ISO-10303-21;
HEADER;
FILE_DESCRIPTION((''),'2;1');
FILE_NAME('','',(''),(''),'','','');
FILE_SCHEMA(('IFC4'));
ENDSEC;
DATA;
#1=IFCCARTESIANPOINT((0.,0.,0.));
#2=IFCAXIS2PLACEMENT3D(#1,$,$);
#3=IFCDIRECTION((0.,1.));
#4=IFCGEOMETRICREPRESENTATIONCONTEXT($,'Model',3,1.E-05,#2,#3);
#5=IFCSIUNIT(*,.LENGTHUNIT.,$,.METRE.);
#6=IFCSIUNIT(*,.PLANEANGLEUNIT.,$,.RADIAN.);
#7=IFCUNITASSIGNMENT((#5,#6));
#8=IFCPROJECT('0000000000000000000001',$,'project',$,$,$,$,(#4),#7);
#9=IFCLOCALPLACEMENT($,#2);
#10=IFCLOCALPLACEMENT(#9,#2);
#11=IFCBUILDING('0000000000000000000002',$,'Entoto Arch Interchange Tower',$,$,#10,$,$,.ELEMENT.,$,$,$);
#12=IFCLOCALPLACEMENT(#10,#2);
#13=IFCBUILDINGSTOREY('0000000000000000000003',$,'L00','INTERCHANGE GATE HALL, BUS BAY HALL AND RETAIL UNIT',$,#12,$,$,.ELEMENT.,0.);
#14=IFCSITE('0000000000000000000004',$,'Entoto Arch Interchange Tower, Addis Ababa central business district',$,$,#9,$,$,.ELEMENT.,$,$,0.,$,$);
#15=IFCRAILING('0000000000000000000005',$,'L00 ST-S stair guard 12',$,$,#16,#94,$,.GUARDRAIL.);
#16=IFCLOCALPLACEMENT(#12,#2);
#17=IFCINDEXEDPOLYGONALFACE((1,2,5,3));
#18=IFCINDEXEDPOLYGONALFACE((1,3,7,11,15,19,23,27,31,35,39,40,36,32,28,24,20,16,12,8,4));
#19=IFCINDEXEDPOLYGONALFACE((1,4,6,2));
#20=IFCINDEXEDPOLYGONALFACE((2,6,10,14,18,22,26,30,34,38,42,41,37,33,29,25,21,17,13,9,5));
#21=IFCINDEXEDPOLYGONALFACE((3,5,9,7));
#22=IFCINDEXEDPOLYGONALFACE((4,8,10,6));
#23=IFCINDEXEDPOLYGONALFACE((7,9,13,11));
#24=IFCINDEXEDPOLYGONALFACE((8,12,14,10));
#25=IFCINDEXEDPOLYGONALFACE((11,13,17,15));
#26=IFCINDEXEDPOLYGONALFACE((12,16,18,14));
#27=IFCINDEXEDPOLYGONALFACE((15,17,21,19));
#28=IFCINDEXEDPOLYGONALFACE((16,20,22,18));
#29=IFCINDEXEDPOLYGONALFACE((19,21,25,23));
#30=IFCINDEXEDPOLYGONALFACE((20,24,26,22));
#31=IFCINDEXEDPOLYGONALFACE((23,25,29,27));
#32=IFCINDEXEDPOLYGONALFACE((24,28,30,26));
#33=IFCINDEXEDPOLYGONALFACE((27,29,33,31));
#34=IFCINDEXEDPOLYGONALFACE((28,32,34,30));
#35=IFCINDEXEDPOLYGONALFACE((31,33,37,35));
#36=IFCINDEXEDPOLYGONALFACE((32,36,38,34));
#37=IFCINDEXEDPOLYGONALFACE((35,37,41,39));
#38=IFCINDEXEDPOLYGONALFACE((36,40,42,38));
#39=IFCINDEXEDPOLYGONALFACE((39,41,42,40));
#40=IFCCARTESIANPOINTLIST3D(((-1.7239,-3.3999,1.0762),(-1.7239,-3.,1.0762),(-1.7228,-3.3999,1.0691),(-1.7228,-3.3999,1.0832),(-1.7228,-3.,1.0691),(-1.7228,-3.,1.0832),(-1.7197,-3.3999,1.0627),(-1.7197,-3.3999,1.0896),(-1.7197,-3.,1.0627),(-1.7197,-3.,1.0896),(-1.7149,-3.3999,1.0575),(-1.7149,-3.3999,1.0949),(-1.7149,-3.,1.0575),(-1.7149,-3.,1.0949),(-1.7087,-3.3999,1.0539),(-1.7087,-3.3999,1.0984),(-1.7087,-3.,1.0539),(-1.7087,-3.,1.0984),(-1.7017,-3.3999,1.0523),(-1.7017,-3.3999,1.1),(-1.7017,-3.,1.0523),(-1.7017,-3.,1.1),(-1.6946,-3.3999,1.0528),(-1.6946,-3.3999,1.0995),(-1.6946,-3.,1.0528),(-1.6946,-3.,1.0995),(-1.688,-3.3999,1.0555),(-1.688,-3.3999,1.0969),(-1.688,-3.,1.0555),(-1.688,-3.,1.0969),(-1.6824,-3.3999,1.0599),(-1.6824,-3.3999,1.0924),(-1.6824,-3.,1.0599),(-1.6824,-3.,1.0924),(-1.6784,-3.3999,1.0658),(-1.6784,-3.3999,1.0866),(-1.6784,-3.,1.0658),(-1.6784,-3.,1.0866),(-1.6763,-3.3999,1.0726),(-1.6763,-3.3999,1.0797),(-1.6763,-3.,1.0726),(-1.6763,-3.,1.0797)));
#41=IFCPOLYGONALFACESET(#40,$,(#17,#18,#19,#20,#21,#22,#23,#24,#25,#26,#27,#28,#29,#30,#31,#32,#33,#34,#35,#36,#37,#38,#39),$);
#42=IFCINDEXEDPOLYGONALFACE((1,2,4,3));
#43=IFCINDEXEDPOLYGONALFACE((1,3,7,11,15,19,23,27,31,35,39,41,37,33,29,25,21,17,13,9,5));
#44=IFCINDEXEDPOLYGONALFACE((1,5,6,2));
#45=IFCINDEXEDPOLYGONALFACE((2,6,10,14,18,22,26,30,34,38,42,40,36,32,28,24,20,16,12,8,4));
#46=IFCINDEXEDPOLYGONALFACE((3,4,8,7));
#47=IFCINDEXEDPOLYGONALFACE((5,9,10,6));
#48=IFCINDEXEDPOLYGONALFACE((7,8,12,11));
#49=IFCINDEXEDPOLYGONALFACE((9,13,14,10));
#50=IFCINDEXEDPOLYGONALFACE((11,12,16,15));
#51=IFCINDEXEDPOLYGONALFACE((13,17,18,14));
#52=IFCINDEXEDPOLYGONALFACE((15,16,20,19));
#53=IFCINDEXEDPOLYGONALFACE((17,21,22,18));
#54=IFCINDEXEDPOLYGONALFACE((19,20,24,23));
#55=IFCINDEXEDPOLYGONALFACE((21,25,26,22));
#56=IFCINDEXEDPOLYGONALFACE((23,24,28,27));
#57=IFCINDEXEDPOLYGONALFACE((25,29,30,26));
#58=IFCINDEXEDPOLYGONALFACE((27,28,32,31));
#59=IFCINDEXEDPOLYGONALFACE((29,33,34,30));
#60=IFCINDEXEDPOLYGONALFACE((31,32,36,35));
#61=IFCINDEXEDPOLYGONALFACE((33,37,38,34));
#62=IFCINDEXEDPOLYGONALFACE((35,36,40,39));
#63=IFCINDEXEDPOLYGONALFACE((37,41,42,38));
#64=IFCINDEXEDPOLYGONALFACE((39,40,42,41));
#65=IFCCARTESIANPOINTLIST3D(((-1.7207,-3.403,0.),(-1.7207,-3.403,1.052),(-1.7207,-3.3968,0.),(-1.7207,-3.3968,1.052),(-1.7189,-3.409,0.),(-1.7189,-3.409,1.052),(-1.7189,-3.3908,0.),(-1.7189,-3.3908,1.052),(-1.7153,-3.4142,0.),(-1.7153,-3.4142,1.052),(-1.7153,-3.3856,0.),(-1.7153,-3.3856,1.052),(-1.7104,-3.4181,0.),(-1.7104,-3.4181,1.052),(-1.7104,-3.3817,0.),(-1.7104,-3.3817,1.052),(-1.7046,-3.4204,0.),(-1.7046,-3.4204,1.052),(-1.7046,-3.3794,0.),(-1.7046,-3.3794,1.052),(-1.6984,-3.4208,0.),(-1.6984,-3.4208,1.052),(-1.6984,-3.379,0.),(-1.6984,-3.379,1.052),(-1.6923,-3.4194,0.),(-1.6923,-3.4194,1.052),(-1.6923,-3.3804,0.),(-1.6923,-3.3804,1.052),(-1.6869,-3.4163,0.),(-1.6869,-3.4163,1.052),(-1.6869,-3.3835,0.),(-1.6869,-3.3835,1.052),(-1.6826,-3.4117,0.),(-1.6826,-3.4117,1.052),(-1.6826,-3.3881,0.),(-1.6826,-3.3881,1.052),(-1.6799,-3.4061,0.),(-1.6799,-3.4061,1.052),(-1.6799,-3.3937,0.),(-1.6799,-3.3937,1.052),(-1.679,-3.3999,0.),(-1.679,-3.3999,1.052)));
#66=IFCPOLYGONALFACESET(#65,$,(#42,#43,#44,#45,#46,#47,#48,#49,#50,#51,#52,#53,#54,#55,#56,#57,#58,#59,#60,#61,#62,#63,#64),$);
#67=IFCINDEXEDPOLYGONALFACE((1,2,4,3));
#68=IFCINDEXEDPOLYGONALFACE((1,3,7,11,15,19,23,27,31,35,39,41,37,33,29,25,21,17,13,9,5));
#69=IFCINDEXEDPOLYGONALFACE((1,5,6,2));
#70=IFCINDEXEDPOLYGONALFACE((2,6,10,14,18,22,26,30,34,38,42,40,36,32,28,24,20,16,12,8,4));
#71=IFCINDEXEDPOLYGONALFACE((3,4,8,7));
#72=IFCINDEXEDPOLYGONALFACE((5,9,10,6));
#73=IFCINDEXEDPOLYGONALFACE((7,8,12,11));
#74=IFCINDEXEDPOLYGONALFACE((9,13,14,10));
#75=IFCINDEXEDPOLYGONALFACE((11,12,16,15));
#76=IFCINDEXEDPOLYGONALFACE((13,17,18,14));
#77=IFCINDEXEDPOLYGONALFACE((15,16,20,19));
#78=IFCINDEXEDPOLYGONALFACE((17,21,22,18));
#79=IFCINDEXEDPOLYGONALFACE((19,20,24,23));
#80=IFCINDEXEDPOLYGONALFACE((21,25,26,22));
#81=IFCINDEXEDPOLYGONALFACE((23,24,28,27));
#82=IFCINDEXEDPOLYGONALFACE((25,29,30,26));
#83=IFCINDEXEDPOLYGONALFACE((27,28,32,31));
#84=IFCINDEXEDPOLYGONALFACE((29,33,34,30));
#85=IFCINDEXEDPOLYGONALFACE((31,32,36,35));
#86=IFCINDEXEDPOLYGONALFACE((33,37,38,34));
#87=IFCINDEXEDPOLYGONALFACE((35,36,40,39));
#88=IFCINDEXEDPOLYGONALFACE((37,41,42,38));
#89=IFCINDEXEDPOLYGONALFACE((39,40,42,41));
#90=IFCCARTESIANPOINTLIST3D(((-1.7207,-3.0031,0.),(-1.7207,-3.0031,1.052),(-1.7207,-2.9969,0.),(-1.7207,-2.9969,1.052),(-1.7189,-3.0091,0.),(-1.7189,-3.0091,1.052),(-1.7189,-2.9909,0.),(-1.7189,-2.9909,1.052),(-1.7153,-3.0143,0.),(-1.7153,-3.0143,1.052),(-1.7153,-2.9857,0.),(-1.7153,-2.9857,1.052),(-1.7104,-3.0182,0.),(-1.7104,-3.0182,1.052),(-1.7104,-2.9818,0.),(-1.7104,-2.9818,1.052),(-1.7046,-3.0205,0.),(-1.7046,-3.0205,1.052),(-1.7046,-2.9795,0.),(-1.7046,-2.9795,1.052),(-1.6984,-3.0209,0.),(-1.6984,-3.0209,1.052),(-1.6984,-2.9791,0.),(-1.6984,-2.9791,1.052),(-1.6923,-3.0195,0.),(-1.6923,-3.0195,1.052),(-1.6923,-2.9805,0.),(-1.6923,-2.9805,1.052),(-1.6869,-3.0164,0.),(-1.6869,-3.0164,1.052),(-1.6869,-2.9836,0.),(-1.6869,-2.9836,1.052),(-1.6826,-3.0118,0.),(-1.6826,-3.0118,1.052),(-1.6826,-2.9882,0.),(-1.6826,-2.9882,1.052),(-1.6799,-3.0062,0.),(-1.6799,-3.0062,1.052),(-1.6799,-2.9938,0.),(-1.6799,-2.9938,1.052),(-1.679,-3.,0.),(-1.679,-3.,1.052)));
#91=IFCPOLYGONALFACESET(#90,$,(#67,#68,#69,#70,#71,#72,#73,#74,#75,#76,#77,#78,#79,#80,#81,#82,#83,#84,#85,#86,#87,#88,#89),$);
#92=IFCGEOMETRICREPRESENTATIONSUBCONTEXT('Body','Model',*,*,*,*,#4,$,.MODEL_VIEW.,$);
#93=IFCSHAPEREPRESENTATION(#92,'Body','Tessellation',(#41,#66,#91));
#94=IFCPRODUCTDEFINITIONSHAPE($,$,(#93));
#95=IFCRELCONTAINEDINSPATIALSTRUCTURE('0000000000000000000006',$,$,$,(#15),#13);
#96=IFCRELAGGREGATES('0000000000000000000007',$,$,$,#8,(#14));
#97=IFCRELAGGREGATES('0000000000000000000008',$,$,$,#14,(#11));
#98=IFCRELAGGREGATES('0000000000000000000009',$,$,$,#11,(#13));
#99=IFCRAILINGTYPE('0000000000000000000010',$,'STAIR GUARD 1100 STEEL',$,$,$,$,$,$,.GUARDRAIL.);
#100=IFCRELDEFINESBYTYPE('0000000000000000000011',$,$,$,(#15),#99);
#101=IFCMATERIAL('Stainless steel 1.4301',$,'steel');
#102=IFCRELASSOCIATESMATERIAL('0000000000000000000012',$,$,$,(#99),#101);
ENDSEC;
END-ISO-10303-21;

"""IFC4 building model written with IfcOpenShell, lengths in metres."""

from ifc_helpers import new_model, si_unit, direction, frame, origin, origin_2d, place, context, subcontext, project, spatial, circle, extrude, material, type_object, element, save


model = new_model("IFC4")

# Units and contexts
model_context = context("Model", 3, precision=1e-05, world=origin(), true_north=direction((0.0, 1.0)))
body_context = subcontext(model_context, "Body", "Model", "MODEL_VIEW")
ifc_project = project(units=[si_unit("LENGTHUNIT", "METRE"), si_unit("PLANEANGLEUNIT", "RADIAN")], contexts=[model_context])

# Site, building, storey
site_placement = place(None, origin())
site = spatial("IfcSite", under=ifc_project, at=site_placement, Name="Entoto Arch Interchange Tower, Addis Ababa central business district", CompositionType="ELEMENT", RefElevation=0.0)
building_placement = place(site_placement, origin())
building = spatial("IfcBuilding", under=site, at=building_placement, Name="Entoto Arch Interchange Tower", CompositionType="ELEMENT")
storey_placement = place(building_placement, origin())
storey = spatial("IfcBuildingStorey", under=building, at=storey_placement, Name="L00", Description="INTERCHANGE GATE HALL, BUS BAY HALL AND RETAIL UNIT", CompositionType="ELEMENT", Elevation=0.0)

# Railing
ifc_material_1 = material(Name="Stainless steel 1.4301", Category="steel")
railing_type_1 = type_object("IfcRailingType", Name="STAIR GUARD 1100 STEEL", PredefinedType="GUARDRAIL", material=ifc_material_1)
railing_1_placement = place(storey_placement, frame((-1.7, -3.3999, 0.0)))
element("IfcRailing", 1, at=railing_1_placement, inside=storey, type_object=railing_type_1, Name="L00 ST-S stair guard 12", PredefinedType="GUARDRAIL", context=body_context, shape_type="SweptSolid", body=[
    extrude(circle(Radius=0.0239, at=origin_2d()), frame((0.0, 0.0, 1.0762), z_axis=(0.0, 1.0, 0.0), x_axis=(-1.0, 0.0, 0.0)), (0.0, 0.0, 1.0), 0.3999),
    extrude(circle(Radius=0.021, at=origin_2d()), origin(), (0.0, 0.0, 1.0), 1.052),
    extrude(circle(Radius=0.021, at=origin_2d()), frame((0.0, 0.3999, 0.0)), (0.0, 0.0, 1.0), 1.052),
])

save(model, "model.ifc")
